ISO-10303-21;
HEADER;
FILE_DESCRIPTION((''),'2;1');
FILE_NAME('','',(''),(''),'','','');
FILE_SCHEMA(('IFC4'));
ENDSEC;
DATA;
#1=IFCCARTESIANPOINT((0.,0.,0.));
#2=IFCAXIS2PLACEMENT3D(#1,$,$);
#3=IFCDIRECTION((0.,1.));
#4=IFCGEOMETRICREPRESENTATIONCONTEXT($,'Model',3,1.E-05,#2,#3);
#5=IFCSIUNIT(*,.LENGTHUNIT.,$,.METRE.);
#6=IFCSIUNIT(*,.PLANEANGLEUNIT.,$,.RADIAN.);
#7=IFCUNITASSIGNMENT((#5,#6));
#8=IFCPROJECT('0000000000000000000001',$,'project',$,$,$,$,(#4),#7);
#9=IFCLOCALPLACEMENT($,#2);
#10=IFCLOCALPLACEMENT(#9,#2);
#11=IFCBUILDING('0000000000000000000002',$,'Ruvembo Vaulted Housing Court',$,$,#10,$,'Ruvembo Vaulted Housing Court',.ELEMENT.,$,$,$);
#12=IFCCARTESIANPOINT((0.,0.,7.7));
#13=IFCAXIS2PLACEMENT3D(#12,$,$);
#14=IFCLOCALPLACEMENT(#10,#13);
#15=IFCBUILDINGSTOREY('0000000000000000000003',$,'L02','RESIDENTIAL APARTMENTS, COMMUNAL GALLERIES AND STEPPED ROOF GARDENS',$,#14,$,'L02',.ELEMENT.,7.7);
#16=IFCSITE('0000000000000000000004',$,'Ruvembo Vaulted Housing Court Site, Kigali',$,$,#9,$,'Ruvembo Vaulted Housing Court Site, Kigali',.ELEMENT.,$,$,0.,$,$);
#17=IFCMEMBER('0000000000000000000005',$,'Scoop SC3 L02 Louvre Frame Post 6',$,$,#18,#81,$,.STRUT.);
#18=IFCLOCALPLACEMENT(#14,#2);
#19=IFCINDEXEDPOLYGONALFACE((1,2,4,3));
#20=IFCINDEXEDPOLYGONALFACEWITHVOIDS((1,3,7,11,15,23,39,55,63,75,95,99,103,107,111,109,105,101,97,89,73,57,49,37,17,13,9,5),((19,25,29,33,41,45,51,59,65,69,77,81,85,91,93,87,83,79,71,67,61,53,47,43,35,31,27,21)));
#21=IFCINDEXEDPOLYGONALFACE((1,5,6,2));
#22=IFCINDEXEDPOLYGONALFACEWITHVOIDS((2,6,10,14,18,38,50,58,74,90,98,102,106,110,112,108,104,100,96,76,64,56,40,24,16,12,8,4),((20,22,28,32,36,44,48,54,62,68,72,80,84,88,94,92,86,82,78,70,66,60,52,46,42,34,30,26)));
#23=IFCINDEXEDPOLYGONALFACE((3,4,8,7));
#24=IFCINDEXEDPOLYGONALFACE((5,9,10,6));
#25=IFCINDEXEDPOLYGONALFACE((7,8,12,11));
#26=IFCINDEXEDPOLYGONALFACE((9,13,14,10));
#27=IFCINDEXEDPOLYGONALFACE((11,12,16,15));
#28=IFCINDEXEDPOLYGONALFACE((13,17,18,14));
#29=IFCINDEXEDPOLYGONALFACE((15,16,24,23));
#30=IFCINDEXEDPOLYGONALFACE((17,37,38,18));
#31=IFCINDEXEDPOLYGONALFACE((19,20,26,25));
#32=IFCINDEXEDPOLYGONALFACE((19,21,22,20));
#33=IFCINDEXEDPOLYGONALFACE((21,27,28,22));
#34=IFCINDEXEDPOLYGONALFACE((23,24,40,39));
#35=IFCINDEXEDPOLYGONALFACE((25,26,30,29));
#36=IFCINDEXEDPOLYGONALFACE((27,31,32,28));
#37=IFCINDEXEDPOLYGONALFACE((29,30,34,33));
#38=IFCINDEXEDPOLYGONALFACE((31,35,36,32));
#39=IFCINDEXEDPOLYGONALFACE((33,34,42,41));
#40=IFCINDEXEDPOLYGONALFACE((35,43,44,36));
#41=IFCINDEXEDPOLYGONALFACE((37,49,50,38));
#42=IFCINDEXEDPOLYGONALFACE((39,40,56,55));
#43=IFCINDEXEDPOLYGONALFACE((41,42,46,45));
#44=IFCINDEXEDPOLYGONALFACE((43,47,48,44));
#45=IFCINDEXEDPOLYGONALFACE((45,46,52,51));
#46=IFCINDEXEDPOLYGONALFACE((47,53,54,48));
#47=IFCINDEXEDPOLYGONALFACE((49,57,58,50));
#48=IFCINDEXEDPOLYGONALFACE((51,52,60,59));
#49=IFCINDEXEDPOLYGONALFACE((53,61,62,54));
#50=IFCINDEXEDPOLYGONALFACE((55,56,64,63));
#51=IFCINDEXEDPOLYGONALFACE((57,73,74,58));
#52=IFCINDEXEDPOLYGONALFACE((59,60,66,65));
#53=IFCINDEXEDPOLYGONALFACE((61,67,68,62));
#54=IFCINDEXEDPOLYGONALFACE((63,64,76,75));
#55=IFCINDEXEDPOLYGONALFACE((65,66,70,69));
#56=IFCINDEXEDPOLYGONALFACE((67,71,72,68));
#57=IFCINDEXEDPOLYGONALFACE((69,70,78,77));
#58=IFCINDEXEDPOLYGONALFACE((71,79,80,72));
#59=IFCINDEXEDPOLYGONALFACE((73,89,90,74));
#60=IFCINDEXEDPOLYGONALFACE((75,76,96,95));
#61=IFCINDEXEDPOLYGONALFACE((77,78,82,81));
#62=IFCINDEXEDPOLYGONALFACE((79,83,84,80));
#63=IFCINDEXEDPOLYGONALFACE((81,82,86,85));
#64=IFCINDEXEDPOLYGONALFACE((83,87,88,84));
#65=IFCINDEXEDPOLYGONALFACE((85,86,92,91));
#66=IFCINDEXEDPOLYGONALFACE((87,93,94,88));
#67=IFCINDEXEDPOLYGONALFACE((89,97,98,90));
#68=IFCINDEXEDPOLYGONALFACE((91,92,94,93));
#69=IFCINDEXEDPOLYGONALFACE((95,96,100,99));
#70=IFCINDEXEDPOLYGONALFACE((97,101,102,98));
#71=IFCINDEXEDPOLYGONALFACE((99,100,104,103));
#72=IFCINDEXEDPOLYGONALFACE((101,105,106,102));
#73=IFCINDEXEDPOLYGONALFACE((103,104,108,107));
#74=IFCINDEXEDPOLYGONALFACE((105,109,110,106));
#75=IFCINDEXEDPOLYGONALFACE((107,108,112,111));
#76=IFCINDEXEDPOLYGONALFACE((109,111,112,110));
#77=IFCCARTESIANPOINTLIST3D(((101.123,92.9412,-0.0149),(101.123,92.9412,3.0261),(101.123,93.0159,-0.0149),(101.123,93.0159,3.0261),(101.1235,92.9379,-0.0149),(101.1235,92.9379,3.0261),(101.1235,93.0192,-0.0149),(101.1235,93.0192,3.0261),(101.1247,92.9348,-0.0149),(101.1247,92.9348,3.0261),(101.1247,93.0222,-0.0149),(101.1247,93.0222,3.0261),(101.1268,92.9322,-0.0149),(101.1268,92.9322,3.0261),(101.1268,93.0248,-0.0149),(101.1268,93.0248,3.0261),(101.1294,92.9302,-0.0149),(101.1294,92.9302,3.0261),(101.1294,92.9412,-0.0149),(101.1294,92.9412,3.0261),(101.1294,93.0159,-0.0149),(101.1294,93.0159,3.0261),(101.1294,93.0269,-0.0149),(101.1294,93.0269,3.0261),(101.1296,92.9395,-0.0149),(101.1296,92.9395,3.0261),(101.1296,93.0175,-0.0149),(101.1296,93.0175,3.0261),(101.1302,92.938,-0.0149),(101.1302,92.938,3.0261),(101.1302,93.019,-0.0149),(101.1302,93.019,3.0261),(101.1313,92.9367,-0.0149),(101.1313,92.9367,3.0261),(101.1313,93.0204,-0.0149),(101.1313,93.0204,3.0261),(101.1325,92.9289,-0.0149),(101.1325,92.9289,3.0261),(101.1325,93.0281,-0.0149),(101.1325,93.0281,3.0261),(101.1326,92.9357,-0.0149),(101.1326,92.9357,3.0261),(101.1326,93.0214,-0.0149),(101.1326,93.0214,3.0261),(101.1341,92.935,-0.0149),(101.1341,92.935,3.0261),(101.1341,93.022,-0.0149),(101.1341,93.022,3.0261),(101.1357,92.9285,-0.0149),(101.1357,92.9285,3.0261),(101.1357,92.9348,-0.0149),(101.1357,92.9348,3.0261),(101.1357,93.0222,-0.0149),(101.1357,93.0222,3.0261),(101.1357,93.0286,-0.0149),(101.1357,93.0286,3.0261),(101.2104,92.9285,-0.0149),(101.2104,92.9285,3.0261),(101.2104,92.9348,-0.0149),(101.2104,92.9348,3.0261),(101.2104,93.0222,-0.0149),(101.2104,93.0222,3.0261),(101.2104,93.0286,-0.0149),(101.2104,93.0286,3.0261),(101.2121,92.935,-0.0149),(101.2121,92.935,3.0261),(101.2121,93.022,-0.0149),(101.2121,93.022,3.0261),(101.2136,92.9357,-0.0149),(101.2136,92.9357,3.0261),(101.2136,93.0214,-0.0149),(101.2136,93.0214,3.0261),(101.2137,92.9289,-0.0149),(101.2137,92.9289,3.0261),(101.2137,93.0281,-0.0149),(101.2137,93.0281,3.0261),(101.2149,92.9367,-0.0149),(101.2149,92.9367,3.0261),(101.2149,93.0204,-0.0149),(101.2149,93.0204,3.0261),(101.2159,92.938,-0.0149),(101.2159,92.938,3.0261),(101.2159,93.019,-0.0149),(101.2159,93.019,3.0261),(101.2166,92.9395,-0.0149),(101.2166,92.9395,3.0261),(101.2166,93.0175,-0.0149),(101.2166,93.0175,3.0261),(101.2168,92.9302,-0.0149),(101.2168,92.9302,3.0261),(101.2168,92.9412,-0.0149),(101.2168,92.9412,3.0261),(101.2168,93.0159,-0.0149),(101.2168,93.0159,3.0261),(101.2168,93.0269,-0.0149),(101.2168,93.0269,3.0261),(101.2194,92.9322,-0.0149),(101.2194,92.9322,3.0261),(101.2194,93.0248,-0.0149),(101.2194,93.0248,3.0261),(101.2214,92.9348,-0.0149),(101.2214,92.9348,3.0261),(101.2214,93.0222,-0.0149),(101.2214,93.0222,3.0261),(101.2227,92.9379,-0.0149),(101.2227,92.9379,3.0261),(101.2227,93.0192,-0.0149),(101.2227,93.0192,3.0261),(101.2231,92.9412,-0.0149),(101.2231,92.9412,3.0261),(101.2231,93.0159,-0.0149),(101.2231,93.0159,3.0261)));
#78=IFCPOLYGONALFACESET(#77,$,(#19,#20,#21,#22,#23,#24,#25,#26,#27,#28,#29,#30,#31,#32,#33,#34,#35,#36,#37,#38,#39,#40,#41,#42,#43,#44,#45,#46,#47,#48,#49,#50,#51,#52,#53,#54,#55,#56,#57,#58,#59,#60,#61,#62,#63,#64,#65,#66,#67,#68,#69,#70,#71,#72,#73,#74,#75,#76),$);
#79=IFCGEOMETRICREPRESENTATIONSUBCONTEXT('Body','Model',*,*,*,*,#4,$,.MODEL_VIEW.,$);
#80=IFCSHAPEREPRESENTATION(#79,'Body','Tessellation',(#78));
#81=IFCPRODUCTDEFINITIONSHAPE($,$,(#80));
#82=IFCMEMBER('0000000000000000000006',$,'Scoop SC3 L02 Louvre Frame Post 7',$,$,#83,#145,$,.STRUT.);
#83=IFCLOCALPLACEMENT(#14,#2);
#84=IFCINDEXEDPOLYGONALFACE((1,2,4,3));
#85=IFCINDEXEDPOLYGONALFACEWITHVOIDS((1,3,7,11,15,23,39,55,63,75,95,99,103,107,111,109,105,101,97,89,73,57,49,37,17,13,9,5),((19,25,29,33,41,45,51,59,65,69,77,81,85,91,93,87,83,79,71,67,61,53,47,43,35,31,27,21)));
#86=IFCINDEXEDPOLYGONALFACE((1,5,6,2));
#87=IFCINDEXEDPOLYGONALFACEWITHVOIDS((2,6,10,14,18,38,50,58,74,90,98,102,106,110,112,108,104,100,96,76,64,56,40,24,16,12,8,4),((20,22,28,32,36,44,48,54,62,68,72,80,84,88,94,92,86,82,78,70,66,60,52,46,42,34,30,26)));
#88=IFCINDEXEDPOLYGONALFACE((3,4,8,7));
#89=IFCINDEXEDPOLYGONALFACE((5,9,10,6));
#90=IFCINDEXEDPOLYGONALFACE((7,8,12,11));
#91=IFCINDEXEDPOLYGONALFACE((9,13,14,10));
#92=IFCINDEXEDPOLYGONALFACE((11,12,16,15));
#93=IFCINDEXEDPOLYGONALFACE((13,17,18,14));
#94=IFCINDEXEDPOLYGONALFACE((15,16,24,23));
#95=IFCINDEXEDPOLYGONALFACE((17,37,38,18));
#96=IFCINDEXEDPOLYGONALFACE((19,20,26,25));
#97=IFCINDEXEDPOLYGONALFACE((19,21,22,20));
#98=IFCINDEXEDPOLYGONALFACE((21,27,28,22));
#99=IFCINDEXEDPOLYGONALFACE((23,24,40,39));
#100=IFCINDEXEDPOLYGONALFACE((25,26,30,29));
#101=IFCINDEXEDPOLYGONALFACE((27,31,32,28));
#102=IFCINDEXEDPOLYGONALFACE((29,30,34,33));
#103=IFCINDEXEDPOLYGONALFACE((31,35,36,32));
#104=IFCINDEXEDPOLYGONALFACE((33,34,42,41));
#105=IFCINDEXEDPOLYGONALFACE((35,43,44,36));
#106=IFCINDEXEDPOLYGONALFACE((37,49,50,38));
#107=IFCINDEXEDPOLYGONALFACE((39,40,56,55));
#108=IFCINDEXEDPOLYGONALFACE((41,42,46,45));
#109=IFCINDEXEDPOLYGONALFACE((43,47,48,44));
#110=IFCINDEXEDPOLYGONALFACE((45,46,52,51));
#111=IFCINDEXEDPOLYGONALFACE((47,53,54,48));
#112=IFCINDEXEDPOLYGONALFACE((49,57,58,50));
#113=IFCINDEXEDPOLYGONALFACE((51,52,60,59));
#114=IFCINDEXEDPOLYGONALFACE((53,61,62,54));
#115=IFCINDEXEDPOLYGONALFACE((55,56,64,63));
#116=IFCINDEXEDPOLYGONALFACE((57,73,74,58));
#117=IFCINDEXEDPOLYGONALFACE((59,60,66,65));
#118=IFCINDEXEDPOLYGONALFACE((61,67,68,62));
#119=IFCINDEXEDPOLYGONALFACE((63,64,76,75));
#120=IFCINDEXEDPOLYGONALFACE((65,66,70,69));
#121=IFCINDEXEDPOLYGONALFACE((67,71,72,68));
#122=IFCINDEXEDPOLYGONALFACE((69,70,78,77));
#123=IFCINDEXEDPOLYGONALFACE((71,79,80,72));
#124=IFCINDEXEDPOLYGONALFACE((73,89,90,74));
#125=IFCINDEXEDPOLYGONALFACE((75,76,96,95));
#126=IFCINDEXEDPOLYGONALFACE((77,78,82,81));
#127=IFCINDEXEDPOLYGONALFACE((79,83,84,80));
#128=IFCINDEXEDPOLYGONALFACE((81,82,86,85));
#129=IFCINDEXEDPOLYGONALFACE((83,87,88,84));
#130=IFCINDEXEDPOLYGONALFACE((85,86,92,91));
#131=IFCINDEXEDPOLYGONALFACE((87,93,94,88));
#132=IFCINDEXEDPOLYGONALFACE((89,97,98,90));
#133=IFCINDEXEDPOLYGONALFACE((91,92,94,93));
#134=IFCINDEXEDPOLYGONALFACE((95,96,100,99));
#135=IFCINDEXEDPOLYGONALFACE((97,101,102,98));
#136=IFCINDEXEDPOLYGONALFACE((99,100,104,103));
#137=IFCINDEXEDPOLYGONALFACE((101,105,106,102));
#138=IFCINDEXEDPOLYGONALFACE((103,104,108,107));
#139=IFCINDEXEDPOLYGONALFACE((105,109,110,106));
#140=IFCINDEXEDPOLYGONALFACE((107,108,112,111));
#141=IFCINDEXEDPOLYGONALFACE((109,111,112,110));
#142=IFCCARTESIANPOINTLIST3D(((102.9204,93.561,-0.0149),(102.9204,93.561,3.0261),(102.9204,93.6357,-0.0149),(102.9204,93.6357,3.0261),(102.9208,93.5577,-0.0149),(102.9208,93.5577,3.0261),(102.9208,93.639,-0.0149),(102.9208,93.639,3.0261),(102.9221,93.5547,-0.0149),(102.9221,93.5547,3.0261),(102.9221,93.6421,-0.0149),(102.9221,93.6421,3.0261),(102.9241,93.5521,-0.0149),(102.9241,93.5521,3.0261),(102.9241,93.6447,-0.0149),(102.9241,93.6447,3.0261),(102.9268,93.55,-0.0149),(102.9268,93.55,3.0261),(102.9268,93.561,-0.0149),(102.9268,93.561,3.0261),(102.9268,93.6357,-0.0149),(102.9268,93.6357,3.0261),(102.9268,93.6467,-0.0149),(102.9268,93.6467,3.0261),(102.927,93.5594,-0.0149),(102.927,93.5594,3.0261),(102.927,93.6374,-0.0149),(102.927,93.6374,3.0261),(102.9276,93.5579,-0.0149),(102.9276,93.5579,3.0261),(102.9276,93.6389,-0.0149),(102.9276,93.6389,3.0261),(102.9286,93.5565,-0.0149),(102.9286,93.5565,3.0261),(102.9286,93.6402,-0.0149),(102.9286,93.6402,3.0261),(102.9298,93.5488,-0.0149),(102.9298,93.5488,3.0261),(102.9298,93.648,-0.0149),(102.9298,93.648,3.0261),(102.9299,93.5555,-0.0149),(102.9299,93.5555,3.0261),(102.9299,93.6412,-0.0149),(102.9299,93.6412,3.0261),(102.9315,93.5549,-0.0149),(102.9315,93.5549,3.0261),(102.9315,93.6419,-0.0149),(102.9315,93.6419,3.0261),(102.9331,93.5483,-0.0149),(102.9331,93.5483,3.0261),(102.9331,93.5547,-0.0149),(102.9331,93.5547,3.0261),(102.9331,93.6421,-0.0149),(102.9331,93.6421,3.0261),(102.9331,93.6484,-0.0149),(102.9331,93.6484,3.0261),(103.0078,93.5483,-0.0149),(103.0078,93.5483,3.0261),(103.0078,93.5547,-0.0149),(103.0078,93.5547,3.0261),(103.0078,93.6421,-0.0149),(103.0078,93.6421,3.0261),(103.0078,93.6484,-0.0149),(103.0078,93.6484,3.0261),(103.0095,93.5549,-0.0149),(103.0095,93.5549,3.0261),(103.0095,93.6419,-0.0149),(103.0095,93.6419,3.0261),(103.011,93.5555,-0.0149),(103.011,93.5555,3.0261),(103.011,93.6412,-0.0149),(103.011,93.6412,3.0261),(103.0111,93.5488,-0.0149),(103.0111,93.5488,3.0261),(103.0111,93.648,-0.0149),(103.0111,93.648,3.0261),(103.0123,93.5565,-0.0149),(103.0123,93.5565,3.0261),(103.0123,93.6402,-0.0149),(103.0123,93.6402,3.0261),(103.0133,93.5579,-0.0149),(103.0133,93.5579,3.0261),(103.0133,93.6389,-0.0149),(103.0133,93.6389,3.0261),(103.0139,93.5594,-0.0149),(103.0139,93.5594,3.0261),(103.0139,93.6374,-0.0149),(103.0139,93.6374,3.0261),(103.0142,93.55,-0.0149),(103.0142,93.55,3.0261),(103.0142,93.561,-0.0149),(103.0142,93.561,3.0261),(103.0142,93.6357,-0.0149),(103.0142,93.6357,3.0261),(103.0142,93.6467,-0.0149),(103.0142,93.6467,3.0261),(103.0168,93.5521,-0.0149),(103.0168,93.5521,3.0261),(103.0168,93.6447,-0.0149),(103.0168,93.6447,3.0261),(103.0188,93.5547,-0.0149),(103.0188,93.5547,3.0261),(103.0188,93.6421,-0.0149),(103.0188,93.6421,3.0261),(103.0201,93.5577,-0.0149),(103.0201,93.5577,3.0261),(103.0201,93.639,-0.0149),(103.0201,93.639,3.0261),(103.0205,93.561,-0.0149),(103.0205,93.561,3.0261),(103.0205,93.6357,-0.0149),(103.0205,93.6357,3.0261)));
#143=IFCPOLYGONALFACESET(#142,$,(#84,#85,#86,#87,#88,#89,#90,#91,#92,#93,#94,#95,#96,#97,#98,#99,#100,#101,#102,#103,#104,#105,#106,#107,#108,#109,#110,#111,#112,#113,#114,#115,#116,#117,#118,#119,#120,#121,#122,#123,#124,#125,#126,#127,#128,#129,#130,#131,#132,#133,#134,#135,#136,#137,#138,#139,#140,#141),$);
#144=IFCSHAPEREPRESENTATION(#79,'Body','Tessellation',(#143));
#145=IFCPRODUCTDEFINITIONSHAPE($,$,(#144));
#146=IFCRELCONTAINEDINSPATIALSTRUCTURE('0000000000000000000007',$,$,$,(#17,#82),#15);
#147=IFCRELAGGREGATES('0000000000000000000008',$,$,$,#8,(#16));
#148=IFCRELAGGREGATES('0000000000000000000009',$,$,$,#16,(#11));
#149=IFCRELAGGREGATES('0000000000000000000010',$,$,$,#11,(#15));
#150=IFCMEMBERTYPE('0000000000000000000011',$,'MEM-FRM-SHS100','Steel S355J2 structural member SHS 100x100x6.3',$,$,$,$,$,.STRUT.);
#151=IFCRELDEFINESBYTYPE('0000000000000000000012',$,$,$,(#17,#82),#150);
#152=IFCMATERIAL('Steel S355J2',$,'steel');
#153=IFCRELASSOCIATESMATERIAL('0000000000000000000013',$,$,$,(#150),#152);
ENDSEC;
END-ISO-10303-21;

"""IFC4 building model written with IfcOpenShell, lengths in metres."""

from ifc_helpers import new_model, si_unit, direction, frame, origin, origin_2d, place, context, subcontext, project, spatial, hollow_rectangle, extrude, material, material_profile, profile_set, type_object, element, save


model = new_model("IFC4")

# Units and contexts
model_context = context("Model", 3, precision=1e-05, world=origin(), true_north=direction((0.0, 1.0)))
body_context = subcontext(model_context, "Body", "Model", "MODEL_VIEW")
ifc_project = project(units=[si_unit("LENGTHUNIT", "METRE"), si_unit("PLANEANGLEUNIT", "RADIAN")], contexts=[model_context])

# Site, building, storey
site_placement = place(None, origin())
site = spatial("IfcSite", under=ifc_project, at=site_placement, Name="Ruvembo Vaulted Housing Court Site, Kigali", LongName="Ruvembo Vaulted Housing Court Site, Kigali", CompositionType="ELEMENT", RefElevation=0.0)
building_placement = place(site_placement, origin())
building = spatial("IfcBuilding", under=site, at=building_placement, Name="Ruvembo Vaulted Housing Court", LongName="Ruvembo Vaulted Housing Court", CompositionType="ELEMENT")
storey_placement = place(building_placement, frame((0.0, 0.0, 7.7)))
storey = spatial("IfcBuildingStorey", under=building, at=storey_placement, Name="L02", Description="RESIDENTIAL APARTMENTS, COMMUNAL GALLERIES AND STEPPED ROOF GARDENS", LongName="L02", CompositionType="ELEMENT", Elevation=7.7)

# Shared definitions
ifc_material_1 = material(Name="Steel S355J2", Category="steel")

# Members
ifc_material_profile_1 = material_profile(ifc_material_1, hollow_rectangle(XDim=0.1001, YDim=0.1001, WallThickness=0.0063, InnerFilletRadius=0.0063, OuterFilletRadius=0.0127, at=origin_2d()), Name="SHS 100x100x6.3")
ifc_profile_set_1 = profile_set([ifc_material_profile_1], Name="Steel S355J2")
member_type_1 = type_object("IfcMemberType", Name="MEM-FRM-SHS100", Description="Steel S355J2 structural member SHS 100x100x6.3", PredefinedType="STRUT", material=ifc_profile_set_1)
for number, where, z_axis, x_axis, name in (
    (1, (101.1731, 92.9785, -0.0149), (0.0, 0.0, 1.0), (1.0, 0.0, 0.0), "Scoop SC3 L02 Louvre Frame Post 6"),
    (2, (102.9705, 93.5984, -0.0149), (0.0, 0.0, 1.0), (1.0, 0.0, 0.0), "Scoop SC3 L02 Louvre Frame Post 7"),
):
    element("IfcMember", number, at=place(storey_placement, frame(where, z_axis=z_axis, x_axis=x_axis)), inside=storey, type_object=member_type_1, Name=name, PredefinedType="STRUT", context=body_context, shape_type="SweptSolid", body=[
        extrude(hollow_rectangle(XDim=0.1001, YDim=0.1001, WallThickness=0.0063, InnerFilletRadius=0.0063, OuterFilletRadius=0.0127, at=origin_2d()), origin(), (0.0, 0.0, 1.0), 3.041),
    ])

save(model, "model.ifc")
